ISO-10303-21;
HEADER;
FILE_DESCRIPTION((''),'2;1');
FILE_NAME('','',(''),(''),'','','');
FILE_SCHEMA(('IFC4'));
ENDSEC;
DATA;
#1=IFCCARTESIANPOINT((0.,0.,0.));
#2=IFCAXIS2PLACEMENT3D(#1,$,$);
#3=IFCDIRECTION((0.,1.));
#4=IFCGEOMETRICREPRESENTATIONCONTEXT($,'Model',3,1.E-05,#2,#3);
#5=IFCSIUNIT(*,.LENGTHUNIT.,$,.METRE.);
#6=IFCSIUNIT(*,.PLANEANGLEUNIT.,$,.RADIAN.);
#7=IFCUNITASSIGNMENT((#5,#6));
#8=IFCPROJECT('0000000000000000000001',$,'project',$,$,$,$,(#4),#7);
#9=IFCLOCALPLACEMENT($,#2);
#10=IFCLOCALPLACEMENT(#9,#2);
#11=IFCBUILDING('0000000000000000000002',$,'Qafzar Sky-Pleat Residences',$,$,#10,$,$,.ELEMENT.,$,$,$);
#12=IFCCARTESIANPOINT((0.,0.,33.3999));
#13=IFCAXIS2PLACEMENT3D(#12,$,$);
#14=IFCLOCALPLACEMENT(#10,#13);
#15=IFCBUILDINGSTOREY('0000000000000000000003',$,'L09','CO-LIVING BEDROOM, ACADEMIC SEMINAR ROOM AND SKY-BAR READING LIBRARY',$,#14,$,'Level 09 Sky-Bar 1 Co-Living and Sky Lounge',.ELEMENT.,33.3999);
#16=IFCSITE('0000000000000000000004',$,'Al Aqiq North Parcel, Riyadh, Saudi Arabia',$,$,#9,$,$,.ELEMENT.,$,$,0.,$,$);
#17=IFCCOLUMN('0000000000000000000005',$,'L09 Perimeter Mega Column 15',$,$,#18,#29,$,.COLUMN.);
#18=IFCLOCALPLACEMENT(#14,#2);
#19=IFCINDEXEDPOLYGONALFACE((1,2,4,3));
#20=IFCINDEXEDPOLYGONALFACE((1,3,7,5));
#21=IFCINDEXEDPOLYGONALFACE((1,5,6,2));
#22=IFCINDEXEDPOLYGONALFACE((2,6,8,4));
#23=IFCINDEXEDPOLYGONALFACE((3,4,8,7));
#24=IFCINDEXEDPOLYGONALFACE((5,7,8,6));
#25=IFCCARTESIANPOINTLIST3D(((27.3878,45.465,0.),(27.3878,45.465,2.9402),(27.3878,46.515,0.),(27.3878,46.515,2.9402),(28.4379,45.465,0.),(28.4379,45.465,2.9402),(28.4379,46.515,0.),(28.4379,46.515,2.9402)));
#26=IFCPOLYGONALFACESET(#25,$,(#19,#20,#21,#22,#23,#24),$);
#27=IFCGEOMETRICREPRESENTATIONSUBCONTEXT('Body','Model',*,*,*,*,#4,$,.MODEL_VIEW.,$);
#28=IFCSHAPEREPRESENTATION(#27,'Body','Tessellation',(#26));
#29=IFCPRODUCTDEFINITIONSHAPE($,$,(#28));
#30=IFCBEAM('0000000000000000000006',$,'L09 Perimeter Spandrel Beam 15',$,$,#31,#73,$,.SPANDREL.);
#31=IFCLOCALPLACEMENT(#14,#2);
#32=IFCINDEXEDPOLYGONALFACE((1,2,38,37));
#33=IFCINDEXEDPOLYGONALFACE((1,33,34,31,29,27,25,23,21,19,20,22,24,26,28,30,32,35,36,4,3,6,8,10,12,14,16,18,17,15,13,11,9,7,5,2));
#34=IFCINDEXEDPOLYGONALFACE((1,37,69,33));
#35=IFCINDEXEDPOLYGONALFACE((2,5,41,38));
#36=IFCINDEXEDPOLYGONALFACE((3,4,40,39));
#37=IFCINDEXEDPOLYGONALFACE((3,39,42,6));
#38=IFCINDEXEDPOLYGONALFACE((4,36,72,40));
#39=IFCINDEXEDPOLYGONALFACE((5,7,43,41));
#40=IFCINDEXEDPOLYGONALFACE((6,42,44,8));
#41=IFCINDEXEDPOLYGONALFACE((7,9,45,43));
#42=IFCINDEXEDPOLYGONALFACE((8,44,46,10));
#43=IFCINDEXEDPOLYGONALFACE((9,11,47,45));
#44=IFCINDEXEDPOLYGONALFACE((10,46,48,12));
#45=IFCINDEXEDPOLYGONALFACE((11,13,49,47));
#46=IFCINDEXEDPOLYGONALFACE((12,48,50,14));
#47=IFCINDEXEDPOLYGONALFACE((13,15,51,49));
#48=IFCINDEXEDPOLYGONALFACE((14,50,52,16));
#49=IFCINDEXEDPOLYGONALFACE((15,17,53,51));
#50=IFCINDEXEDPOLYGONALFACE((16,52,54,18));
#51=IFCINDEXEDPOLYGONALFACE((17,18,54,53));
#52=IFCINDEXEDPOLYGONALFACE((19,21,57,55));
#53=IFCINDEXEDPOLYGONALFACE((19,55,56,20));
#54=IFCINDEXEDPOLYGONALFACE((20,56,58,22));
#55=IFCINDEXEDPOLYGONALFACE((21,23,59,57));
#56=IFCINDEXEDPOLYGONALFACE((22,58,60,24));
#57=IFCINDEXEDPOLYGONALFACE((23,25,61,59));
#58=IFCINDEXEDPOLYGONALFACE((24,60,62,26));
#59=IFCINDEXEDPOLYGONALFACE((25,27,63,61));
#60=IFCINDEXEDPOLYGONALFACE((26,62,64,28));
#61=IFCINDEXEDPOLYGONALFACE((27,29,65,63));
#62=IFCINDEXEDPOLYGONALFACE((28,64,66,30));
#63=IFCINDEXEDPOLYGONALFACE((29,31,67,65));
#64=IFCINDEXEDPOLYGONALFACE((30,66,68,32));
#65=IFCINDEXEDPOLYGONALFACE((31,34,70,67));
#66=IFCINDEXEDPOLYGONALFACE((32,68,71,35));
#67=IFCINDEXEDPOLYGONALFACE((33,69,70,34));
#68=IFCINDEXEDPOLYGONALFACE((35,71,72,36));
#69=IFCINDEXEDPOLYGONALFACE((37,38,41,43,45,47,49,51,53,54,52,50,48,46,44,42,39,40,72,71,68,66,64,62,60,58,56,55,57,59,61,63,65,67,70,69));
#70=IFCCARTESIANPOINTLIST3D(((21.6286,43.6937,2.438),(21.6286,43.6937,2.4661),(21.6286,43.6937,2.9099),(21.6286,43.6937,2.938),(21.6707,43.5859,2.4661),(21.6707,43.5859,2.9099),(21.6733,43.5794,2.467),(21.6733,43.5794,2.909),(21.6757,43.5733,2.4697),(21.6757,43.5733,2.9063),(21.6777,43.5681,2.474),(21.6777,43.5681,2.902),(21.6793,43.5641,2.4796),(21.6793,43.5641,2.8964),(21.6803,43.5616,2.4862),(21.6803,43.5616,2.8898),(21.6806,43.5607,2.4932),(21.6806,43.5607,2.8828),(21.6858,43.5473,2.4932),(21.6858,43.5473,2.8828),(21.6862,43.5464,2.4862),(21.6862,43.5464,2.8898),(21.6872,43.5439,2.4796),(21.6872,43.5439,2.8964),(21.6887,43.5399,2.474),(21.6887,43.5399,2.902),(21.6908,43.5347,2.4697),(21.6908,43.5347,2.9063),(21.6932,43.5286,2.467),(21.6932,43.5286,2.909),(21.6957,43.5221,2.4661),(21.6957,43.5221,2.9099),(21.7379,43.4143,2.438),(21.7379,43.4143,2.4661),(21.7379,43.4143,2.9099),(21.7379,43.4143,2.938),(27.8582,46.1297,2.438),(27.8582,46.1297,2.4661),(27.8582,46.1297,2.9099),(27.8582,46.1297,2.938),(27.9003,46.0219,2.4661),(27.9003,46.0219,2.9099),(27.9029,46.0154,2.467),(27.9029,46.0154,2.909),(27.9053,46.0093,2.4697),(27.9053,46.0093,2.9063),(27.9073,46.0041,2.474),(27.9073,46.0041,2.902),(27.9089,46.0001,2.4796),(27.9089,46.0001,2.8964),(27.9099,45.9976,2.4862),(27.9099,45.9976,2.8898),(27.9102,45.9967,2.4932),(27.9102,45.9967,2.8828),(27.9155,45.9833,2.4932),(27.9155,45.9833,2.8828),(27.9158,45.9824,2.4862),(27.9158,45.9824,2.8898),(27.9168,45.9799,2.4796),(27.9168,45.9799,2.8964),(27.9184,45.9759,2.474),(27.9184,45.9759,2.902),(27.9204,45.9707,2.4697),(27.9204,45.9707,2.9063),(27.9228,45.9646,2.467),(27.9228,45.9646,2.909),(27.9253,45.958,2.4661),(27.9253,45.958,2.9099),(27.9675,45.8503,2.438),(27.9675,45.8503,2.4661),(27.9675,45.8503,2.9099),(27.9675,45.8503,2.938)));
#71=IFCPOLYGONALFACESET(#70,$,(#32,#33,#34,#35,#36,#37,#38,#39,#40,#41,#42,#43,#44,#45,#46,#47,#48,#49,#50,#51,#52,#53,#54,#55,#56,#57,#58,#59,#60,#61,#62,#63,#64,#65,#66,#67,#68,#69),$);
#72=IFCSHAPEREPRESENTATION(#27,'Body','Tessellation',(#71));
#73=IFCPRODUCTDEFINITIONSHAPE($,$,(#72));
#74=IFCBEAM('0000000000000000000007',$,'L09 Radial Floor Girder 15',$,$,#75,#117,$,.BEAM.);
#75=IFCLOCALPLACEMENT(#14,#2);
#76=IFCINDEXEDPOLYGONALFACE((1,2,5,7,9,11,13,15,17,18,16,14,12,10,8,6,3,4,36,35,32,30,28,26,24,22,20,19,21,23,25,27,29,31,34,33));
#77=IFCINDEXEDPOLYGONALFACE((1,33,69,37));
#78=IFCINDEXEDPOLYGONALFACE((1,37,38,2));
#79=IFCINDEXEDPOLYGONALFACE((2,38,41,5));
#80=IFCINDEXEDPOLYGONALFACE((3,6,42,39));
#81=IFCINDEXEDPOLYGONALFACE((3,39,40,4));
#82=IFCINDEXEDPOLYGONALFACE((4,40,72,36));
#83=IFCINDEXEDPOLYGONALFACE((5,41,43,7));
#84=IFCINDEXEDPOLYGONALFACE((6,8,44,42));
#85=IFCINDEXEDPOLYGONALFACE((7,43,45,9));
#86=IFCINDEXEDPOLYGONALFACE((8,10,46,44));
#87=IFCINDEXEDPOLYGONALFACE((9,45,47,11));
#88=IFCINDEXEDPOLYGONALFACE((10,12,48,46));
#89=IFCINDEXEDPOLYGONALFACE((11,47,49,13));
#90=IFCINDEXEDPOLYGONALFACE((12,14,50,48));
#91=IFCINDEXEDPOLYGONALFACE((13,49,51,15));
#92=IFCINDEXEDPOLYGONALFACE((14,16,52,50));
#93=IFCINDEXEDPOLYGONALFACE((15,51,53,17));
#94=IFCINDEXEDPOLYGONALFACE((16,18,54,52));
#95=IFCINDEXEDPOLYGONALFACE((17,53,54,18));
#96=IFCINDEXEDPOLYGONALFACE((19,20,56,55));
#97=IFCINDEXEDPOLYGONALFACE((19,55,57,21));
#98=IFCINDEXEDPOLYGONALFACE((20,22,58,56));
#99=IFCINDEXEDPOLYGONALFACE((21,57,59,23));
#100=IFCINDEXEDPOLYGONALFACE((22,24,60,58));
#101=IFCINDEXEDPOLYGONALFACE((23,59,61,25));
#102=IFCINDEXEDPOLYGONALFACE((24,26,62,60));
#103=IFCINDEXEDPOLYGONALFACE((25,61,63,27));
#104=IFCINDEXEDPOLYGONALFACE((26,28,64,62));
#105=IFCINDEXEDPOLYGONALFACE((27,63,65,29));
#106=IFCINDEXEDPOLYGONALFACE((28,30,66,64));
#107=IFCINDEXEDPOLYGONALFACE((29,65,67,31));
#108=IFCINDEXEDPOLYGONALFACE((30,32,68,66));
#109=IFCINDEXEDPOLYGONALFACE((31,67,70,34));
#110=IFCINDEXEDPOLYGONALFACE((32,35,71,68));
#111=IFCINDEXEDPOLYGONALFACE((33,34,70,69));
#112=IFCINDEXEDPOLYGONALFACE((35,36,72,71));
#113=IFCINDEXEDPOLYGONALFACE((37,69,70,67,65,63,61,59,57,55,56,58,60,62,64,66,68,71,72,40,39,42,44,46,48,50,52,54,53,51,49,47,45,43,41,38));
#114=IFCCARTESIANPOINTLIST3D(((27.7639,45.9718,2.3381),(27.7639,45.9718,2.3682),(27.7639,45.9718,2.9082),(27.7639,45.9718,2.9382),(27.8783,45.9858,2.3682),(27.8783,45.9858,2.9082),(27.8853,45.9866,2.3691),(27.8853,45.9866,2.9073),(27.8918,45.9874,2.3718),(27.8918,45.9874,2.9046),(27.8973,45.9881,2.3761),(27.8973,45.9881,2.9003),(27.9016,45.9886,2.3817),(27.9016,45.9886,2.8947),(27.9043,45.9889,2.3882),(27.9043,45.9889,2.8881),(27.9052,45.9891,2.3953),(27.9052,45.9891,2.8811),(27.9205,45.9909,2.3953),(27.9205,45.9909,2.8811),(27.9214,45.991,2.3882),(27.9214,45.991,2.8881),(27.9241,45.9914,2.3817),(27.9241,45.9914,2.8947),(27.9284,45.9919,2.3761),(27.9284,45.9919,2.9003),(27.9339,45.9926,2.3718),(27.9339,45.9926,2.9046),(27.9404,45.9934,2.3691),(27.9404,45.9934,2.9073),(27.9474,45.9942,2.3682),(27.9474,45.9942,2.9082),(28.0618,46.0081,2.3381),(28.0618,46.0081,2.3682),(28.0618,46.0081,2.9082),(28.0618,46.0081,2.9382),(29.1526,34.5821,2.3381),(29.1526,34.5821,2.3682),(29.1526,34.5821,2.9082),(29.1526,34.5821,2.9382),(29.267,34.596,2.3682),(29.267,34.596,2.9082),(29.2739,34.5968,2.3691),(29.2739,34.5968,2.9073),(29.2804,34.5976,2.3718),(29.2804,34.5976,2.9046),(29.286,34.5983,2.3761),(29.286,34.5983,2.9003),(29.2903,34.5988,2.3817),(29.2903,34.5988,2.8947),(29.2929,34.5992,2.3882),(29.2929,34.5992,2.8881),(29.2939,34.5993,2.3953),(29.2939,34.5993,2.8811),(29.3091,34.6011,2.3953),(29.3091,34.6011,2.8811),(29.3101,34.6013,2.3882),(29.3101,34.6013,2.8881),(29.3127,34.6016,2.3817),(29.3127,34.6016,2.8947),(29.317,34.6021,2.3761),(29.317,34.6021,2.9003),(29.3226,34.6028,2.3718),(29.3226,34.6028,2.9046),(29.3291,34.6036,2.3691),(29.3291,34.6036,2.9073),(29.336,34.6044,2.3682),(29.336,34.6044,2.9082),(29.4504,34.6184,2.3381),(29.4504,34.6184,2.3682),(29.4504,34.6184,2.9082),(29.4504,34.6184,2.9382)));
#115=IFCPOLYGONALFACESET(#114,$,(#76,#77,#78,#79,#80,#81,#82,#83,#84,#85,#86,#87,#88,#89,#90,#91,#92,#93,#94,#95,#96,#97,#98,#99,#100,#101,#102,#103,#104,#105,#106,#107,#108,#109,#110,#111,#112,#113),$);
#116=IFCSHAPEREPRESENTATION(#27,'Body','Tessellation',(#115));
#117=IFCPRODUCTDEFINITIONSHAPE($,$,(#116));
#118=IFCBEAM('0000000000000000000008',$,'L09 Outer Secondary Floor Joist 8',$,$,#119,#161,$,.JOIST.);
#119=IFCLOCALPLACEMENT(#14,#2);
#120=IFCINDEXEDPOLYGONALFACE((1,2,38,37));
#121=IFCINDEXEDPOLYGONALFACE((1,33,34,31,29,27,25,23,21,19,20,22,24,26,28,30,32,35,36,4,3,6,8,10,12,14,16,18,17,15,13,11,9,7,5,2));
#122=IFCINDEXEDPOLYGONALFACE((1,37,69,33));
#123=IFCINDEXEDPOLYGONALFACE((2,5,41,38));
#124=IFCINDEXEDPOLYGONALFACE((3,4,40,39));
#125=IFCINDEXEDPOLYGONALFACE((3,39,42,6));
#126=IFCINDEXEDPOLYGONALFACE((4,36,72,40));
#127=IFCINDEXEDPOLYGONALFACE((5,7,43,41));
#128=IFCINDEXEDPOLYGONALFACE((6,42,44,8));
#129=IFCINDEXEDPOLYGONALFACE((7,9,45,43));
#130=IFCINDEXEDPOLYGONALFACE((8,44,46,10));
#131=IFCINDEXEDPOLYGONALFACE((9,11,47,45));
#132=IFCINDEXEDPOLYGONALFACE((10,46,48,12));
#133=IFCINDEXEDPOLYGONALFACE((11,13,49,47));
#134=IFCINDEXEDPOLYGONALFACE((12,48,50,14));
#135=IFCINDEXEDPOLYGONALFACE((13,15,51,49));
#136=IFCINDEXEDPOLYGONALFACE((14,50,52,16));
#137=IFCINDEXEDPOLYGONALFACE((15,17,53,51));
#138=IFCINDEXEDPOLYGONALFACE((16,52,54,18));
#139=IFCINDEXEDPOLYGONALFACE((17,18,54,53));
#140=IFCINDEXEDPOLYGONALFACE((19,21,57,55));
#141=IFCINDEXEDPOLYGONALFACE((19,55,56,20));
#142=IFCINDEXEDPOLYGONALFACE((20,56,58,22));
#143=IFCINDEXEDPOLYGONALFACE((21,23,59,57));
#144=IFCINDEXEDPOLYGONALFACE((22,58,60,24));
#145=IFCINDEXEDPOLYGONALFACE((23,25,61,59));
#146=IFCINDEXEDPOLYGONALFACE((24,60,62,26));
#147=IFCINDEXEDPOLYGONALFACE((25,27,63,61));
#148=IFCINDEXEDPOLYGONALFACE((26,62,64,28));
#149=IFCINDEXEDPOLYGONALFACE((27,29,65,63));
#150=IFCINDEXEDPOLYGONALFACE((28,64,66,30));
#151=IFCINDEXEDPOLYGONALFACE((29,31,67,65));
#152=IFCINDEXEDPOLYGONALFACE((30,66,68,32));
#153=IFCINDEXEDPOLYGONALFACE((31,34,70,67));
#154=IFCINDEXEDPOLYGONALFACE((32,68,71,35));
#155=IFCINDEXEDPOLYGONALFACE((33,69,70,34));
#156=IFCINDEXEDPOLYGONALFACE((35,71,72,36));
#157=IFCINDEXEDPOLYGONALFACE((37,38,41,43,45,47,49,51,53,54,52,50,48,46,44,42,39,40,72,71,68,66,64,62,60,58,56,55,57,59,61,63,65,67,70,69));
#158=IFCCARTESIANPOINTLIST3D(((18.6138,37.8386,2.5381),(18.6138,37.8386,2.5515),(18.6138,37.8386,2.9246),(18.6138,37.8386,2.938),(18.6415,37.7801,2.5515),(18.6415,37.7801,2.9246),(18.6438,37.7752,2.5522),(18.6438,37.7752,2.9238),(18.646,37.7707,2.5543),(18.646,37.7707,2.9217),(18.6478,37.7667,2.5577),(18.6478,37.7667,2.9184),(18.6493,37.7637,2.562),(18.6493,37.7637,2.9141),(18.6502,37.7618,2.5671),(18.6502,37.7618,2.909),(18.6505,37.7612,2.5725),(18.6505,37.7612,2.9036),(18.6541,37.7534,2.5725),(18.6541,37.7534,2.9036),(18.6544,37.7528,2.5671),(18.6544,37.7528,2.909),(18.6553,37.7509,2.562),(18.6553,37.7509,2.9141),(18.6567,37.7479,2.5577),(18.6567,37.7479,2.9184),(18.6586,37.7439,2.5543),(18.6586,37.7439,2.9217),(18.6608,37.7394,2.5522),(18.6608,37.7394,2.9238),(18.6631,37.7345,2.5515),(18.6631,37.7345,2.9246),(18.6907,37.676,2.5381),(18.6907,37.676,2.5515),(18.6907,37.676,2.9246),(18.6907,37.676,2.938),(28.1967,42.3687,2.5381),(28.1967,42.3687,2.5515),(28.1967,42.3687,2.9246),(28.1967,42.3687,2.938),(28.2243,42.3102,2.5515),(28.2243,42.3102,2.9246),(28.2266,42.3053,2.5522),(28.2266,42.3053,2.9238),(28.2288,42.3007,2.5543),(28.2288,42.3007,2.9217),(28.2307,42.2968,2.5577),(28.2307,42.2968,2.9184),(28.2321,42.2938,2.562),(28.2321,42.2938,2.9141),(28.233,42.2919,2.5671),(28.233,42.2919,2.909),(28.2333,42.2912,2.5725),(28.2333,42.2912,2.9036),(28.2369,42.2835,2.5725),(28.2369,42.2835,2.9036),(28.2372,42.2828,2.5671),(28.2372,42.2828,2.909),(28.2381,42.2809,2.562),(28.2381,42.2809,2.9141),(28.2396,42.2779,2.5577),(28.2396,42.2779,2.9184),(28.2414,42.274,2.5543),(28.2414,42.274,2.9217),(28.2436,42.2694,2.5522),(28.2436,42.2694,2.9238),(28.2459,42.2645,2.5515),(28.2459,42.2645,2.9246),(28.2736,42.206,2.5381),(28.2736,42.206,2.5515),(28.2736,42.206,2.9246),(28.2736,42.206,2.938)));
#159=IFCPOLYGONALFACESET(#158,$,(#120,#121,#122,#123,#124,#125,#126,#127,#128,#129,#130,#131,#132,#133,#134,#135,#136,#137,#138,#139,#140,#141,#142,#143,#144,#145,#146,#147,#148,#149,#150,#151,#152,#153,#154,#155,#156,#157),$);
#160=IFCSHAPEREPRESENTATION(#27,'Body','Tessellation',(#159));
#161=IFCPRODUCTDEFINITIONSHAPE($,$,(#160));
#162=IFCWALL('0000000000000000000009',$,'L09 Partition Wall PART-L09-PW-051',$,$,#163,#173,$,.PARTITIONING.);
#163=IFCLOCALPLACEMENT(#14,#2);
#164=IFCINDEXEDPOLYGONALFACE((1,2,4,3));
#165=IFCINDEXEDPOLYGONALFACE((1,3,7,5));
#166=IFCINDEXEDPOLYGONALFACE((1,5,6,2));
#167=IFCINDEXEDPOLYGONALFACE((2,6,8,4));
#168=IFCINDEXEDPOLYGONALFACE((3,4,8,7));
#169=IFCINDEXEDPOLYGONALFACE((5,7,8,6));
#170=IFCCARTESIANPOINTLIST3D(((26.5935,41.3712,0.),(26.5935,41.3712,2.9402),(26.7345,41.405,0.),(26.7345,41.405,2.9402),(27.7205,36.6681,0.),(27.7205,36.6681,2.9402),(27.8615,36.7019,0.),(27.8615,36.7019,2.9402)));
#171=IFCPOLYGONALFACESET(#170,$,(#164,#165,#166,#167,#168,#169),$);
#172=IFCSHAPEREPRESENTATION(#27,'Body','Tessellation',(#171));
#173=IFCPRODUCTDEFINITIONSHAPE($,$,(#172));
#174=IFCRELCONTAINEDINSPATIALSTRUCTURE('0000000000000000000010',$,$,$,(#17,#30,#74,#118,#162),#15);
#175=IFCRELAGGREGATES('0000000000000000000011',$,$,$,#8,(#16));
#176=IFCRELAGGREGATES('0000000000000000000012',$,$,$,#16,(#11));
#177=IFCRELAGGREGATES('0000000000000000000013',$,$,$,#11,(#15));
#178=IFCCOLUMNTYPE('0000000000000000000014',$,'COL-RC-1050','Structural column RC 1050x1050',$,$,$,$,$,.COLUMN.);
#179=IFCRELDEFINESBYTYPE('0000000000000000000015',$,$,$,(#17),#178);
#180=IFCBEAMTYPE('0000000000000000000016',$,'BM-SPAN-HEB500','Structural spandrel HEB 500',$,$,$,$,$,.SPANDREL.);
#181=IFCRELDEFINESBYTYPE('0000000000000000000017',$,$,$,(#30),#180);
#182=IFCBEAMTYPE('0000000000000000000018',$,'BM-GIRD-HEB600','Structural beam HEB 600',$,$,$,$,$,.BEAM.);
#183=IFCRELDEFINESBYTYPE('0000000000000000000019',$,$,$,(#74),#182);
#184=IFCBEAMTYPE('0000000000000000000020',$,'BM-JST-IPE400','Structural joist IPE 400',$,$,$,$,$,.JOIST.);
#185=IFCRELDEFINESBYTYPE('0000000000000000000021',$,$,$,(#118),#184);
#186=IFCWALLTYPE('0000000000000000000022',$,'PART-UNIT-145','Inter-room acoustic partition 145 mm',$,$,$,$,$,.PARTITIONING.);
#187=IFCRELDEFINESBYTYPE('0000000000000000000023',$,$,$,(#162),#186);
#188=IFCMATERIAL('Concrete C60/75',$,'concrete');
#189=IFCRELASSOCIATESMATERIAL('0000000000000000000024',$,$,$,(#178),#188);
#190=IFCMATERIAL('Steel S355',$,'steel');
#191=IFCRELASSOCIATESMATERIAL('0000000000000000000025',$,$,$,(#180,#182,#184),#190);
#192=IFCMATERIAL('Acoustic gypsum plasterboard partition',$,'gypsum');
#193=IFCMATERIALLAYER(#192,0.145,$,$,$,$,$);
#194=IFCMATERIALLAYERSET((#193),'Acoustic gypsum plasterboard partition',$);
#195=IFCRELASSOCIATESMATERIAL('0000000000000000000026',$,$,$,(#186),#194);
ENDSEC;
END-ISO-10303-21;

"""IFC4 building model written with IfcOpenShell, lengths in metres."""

from ifc_helpers import new_model, si_unit, direction, frame, frame_2d, origin, origin_2d, place, context, subcontext, project, spatial, rectangle, i_section, extrude, source, transform, mapped, material, layer, layer_set, material_profile, profile_set, type_object, element, save


model = new_model("IFC4")

# Units and contexts
model_context = context("Model", 3, precision=1e-05, world=origin(), true_north=direction((0.0, 1.0)))
body_context = subcontext(model_context, "Body", "Model", "MODEL_VIEW")
ifc_project = project(units=[si_unit("LENGTHUNIT", "METRE"), si_unit("PLANEANGLEUNIT", "RADIAN")], contexts=[model_context])

# Site, building, storey
site_placement = place(None, origin())
site = spatial("IfcSite", under=ifc_project, at=site_placement, Name="Al Aqiq North Parcel, Riyadh, Saudi Arabia", CompositionType="ELEMENT", RefElevation=0.0)
building_placement = place(site_placement, origin())
building = spatial("IfcBuilding", under=site, at=building_placement, Name="Qafzar Sky-Pleat Residences", CompositionType="ELEMENT")
storey_placement = place(building_placement, frame((0.0, 0.0, 33.3999)))
storey = spatial("IfcBuildingStorey", under=building, at=storey_placement, Name="L09", Description="CO-LIVING BEDROOM, ACADEMIC SEMINAR ROOM AND SKY-BAR READING LIBRARY", LongName="Level 09 Sky-Bar 1 Co-Living and Sky Lounge", CompositionType="ELEMENT", Elevation=33.3999)

# Column
ifc_material_1 = material(Name="Concrete C60/75", Category="concrete")
ifc_material_profile_1 = material_profile(ifc_material_1, rectangle(XDim=1.05, YDim=1.05, at=origin_2d()), Name="RC 1050x1050")
ifc_profile_set_1 = profile_set([ifc_material_profile_1], Name="Concrete C60/75")
column_type = type_object("IfcColumnType", Name="COL-RC-1050", Description="Structural column RC 1050x1050", PredefinedType="COLUMN", material=ifc_profile_set_1)
shared_shape_1 = source(origin(), body_context, "Body", "SweptSolid", [
    extrude(rectangle(XDim=1.05, YDim=1.05, at=origin_2d()), origin(), (0.0, 0.0, 1.0), 2.9402),
])
column_placement = place(storey_placement, frame((27.9128, 45.99, 0.0), z_axis=(0.0, 0.0, 1.0), x_axis=(1.0, 0.0, 0.0)))
element("IfcColumn", 1, at=column_placement, inside=storey, type_object=column_type, Name="L09 Perimeter Mega Column 15", PredefinedType="COLUMN", context=body_context, shape_type="MappedRepresentation", body=[
    mapped(shared_shape_1, transform((0.0, 0.0, 0.0), x_axis=(1.0, 0.0, 0.0), y_axis=(0.0, 1.0, 0.0), z_axis=(0.0, 0.0, 1.0), scale=1.0)),
])

# Beams
ifc_material_2 = material(Name="Steel S355", Category="steel")
ifc_material_profile_2 = material_profile(ifc_material_2, i_section(OverallWidth=0.3, OverallDepth=0.5, WebThickness=0.0144, FlangeThickness=0.0281, FilletRadius=0.0271, at=origin_2d()), Name="HEB 500")
ifc_profile_set_2 = profile_set([ifc_material_profile_2], Name="Steel S355")
beam_type_1 = type_object("IfcBeamType", Name="BM-SPAN-HEB500", Description="Structural spandrel HEB 500", PredefinedType="SPANDREL", material=ifc_profile_set_2)
shared_shape_2 = source(origin(), body_context, "Body", "SweptSolid", [
    extrude(i_section(OverallWidth=0.3, OverallDepth=0.5, WebThickness=0.0144, FlangeThickness=0.0281, FilletRadius=0.0271, at=origin_2d()), origin(), (0.0, 0.0, 1.0), 6.689),
])
beam_1_placement = place(storey_placement, frame((27.9128, 45.99, 2.688), z_axis=(-0.931328, -0.364181, 0.0), x_axis=(0.364181, -0.931328, 0.0)))
element("IfcBeam", 2, at=beam_1_placement, inside=storey, type_object=beam_type_1, Name="L09 Perimeter Spandrel Beam 15", PredefinedType="SPANDREL", context=body_context, shape_type="MappedRepresentation", body=[
    mapped(shared_shape_2, transform((0.0, 0.0, 0.0), x_axis=(1.0, 0.0, 0.0), y_axis=(0.0, 1.0, 0.0), z_axis=(0.0, 0.0, 1.0), scale=1.0)),
])
ifc_material_profile_3 = material_profile(ifc_material_2, i_section(OverallWidth=0.3, OverallDepth=0.6001, WebThickness=0.0154, FlangeThickness=0.03, FilletRadius=0.0271, at=origin_2d()), Name="HEB 600")
ifc_profile_set_3 = profile_set([ifc_material_profile_3], Name="Steel S355")
beam_type_2 = type_object("IfcBeamType", Name="BM-GIRD-HEB600", Description="Structural beam HEB 600", PredefinedType="BEAM", material=ifc_profile_set_3)
shared_shape_3 = source(origin(), body_context, "Body", "SweptSolid", [
    extrude(i_section(OverallWidth=0.3, OverallDepth=0.6001, WebThickness=0.0154, FlangeThickness=0.03, FilletRadius=0.0271, at=origin_2d()), origin(), (0.0, 0.0, 1.0), 11.4741),
])
beam_2_placement = place(storey_placement, frame((27.9128, 45.99, 2.6382), z_axis=(0.121025, -0.992649, 0.0), x_axis=(0.992649, 0.121025, 0.0)))
element("IfcBeam", 3, at=beam_2_placement, inside=storey, type_object=beam_type_2, Name="L09 Radial Floor Girder 15", PredefinedType="BEAM", context=body_context, shape_type="MappedRepresentation", body=[
    mapped(shared_shape_3, transform((0.0, 0.0, 0.0), x_axis=(1.0, 0.0, 0.0), y_axis=(0.0, 1.0, 0.0), z_axis=(0.0, 0.0, 1.0), scale=1.0)),
])
ifc_material_profile_4 = material_profile(ifc_material_2, i_section(OverallWidth=0.1799, OverallDepth=0.3999, WebThickness=0.0085, FlangeThickness=0.0134, FilletRadius=0.021, at=origin_2d()), Name="IPE 400")
ifc_profile_set_4 = profile_set([ifc_material_profile_4], Name="Steel S355")
beam_type_3 = type_object("IfcBeamType", Name="BM-JST-IPE400", Description="Structural joist IPE 400", PredefinedType="JOIST", material=ifc_profile_set_4)
shared_shape_4 = source(origin(), body_context, "Body", "SweptSolid", [
    extrude(i_section(OverallWidth=0.1799, OverallDepth=0.3999, WebThickness=0.0085, FlangeThickness=0.0134, FilletRadius=0.021, at=origin_2d()), origin(), (0.0, 0.0, 1.0), 10.5996),
])
beam_3_placement = place(storey_placement, frame((28.2351, 42.2874, 2.738), z_axis=(-0.904072, -0.427379, 0.0), x_axis=(0.427379, -0.904072, 0.0)))
element("IfcBeam", 4, at=beam_3_placement, inside=storey, type_object=beam_type_3, Name="L09 Outer Secondary Floor Joist 8", PredefinedType="JOIST", context=body_context, shape_type="MappedRepresentation", body=[
    mapped(shared_shape_4, transform((0.0, 0.0, 0.0), x_axis=(1.0, 0.0, 0.0), y_axis=(0.0, 1.0, 0.0), z_axis=(0.0, 0.0, 1.0), scale=1.0)),
])

# Wall
ifc_material_3 = material(Name="Acoustic gypsum plasterboard partition", Category="gypsum")
ifc_layer_1 = layer(ifc_material_3, 0.145)
ifc_layer_set_1 = layer_set([ifc_layer_1], Name="Acoustic gypsum plasterboard partition")
wall_type_1 = type_object("IfcWallType", Name="PART-UNIT-145", Description="Inter-room acoustic partition 145 mm", PredefinedType="PARTITIONING", material=ifc_layer_set_1)
wall_1_placement = place(storey_placement, frame((26.6641, 41.3879, 0.0), z_axis=(0.0, 0.0, 1.0), x_axis=(0.233022, -0.972472, 0.0)))
element("IfcWall", 5, at=wall_1_placement, inside=storey, type_object=wall_type_1, Name="L09 Partition Wall PART-L09-PW-051", PredefinedType="PARTITIONING", context=body_context, shape_type="SweptSolid", body=[
    extrude(rectangle(XDim=4.8362, YDim=0.145, at=frame_2d((2.418, 0.0))), origin(), (0.0, 0.0, 1.0), 2.9402),
])

save(model, "model.ifc")
